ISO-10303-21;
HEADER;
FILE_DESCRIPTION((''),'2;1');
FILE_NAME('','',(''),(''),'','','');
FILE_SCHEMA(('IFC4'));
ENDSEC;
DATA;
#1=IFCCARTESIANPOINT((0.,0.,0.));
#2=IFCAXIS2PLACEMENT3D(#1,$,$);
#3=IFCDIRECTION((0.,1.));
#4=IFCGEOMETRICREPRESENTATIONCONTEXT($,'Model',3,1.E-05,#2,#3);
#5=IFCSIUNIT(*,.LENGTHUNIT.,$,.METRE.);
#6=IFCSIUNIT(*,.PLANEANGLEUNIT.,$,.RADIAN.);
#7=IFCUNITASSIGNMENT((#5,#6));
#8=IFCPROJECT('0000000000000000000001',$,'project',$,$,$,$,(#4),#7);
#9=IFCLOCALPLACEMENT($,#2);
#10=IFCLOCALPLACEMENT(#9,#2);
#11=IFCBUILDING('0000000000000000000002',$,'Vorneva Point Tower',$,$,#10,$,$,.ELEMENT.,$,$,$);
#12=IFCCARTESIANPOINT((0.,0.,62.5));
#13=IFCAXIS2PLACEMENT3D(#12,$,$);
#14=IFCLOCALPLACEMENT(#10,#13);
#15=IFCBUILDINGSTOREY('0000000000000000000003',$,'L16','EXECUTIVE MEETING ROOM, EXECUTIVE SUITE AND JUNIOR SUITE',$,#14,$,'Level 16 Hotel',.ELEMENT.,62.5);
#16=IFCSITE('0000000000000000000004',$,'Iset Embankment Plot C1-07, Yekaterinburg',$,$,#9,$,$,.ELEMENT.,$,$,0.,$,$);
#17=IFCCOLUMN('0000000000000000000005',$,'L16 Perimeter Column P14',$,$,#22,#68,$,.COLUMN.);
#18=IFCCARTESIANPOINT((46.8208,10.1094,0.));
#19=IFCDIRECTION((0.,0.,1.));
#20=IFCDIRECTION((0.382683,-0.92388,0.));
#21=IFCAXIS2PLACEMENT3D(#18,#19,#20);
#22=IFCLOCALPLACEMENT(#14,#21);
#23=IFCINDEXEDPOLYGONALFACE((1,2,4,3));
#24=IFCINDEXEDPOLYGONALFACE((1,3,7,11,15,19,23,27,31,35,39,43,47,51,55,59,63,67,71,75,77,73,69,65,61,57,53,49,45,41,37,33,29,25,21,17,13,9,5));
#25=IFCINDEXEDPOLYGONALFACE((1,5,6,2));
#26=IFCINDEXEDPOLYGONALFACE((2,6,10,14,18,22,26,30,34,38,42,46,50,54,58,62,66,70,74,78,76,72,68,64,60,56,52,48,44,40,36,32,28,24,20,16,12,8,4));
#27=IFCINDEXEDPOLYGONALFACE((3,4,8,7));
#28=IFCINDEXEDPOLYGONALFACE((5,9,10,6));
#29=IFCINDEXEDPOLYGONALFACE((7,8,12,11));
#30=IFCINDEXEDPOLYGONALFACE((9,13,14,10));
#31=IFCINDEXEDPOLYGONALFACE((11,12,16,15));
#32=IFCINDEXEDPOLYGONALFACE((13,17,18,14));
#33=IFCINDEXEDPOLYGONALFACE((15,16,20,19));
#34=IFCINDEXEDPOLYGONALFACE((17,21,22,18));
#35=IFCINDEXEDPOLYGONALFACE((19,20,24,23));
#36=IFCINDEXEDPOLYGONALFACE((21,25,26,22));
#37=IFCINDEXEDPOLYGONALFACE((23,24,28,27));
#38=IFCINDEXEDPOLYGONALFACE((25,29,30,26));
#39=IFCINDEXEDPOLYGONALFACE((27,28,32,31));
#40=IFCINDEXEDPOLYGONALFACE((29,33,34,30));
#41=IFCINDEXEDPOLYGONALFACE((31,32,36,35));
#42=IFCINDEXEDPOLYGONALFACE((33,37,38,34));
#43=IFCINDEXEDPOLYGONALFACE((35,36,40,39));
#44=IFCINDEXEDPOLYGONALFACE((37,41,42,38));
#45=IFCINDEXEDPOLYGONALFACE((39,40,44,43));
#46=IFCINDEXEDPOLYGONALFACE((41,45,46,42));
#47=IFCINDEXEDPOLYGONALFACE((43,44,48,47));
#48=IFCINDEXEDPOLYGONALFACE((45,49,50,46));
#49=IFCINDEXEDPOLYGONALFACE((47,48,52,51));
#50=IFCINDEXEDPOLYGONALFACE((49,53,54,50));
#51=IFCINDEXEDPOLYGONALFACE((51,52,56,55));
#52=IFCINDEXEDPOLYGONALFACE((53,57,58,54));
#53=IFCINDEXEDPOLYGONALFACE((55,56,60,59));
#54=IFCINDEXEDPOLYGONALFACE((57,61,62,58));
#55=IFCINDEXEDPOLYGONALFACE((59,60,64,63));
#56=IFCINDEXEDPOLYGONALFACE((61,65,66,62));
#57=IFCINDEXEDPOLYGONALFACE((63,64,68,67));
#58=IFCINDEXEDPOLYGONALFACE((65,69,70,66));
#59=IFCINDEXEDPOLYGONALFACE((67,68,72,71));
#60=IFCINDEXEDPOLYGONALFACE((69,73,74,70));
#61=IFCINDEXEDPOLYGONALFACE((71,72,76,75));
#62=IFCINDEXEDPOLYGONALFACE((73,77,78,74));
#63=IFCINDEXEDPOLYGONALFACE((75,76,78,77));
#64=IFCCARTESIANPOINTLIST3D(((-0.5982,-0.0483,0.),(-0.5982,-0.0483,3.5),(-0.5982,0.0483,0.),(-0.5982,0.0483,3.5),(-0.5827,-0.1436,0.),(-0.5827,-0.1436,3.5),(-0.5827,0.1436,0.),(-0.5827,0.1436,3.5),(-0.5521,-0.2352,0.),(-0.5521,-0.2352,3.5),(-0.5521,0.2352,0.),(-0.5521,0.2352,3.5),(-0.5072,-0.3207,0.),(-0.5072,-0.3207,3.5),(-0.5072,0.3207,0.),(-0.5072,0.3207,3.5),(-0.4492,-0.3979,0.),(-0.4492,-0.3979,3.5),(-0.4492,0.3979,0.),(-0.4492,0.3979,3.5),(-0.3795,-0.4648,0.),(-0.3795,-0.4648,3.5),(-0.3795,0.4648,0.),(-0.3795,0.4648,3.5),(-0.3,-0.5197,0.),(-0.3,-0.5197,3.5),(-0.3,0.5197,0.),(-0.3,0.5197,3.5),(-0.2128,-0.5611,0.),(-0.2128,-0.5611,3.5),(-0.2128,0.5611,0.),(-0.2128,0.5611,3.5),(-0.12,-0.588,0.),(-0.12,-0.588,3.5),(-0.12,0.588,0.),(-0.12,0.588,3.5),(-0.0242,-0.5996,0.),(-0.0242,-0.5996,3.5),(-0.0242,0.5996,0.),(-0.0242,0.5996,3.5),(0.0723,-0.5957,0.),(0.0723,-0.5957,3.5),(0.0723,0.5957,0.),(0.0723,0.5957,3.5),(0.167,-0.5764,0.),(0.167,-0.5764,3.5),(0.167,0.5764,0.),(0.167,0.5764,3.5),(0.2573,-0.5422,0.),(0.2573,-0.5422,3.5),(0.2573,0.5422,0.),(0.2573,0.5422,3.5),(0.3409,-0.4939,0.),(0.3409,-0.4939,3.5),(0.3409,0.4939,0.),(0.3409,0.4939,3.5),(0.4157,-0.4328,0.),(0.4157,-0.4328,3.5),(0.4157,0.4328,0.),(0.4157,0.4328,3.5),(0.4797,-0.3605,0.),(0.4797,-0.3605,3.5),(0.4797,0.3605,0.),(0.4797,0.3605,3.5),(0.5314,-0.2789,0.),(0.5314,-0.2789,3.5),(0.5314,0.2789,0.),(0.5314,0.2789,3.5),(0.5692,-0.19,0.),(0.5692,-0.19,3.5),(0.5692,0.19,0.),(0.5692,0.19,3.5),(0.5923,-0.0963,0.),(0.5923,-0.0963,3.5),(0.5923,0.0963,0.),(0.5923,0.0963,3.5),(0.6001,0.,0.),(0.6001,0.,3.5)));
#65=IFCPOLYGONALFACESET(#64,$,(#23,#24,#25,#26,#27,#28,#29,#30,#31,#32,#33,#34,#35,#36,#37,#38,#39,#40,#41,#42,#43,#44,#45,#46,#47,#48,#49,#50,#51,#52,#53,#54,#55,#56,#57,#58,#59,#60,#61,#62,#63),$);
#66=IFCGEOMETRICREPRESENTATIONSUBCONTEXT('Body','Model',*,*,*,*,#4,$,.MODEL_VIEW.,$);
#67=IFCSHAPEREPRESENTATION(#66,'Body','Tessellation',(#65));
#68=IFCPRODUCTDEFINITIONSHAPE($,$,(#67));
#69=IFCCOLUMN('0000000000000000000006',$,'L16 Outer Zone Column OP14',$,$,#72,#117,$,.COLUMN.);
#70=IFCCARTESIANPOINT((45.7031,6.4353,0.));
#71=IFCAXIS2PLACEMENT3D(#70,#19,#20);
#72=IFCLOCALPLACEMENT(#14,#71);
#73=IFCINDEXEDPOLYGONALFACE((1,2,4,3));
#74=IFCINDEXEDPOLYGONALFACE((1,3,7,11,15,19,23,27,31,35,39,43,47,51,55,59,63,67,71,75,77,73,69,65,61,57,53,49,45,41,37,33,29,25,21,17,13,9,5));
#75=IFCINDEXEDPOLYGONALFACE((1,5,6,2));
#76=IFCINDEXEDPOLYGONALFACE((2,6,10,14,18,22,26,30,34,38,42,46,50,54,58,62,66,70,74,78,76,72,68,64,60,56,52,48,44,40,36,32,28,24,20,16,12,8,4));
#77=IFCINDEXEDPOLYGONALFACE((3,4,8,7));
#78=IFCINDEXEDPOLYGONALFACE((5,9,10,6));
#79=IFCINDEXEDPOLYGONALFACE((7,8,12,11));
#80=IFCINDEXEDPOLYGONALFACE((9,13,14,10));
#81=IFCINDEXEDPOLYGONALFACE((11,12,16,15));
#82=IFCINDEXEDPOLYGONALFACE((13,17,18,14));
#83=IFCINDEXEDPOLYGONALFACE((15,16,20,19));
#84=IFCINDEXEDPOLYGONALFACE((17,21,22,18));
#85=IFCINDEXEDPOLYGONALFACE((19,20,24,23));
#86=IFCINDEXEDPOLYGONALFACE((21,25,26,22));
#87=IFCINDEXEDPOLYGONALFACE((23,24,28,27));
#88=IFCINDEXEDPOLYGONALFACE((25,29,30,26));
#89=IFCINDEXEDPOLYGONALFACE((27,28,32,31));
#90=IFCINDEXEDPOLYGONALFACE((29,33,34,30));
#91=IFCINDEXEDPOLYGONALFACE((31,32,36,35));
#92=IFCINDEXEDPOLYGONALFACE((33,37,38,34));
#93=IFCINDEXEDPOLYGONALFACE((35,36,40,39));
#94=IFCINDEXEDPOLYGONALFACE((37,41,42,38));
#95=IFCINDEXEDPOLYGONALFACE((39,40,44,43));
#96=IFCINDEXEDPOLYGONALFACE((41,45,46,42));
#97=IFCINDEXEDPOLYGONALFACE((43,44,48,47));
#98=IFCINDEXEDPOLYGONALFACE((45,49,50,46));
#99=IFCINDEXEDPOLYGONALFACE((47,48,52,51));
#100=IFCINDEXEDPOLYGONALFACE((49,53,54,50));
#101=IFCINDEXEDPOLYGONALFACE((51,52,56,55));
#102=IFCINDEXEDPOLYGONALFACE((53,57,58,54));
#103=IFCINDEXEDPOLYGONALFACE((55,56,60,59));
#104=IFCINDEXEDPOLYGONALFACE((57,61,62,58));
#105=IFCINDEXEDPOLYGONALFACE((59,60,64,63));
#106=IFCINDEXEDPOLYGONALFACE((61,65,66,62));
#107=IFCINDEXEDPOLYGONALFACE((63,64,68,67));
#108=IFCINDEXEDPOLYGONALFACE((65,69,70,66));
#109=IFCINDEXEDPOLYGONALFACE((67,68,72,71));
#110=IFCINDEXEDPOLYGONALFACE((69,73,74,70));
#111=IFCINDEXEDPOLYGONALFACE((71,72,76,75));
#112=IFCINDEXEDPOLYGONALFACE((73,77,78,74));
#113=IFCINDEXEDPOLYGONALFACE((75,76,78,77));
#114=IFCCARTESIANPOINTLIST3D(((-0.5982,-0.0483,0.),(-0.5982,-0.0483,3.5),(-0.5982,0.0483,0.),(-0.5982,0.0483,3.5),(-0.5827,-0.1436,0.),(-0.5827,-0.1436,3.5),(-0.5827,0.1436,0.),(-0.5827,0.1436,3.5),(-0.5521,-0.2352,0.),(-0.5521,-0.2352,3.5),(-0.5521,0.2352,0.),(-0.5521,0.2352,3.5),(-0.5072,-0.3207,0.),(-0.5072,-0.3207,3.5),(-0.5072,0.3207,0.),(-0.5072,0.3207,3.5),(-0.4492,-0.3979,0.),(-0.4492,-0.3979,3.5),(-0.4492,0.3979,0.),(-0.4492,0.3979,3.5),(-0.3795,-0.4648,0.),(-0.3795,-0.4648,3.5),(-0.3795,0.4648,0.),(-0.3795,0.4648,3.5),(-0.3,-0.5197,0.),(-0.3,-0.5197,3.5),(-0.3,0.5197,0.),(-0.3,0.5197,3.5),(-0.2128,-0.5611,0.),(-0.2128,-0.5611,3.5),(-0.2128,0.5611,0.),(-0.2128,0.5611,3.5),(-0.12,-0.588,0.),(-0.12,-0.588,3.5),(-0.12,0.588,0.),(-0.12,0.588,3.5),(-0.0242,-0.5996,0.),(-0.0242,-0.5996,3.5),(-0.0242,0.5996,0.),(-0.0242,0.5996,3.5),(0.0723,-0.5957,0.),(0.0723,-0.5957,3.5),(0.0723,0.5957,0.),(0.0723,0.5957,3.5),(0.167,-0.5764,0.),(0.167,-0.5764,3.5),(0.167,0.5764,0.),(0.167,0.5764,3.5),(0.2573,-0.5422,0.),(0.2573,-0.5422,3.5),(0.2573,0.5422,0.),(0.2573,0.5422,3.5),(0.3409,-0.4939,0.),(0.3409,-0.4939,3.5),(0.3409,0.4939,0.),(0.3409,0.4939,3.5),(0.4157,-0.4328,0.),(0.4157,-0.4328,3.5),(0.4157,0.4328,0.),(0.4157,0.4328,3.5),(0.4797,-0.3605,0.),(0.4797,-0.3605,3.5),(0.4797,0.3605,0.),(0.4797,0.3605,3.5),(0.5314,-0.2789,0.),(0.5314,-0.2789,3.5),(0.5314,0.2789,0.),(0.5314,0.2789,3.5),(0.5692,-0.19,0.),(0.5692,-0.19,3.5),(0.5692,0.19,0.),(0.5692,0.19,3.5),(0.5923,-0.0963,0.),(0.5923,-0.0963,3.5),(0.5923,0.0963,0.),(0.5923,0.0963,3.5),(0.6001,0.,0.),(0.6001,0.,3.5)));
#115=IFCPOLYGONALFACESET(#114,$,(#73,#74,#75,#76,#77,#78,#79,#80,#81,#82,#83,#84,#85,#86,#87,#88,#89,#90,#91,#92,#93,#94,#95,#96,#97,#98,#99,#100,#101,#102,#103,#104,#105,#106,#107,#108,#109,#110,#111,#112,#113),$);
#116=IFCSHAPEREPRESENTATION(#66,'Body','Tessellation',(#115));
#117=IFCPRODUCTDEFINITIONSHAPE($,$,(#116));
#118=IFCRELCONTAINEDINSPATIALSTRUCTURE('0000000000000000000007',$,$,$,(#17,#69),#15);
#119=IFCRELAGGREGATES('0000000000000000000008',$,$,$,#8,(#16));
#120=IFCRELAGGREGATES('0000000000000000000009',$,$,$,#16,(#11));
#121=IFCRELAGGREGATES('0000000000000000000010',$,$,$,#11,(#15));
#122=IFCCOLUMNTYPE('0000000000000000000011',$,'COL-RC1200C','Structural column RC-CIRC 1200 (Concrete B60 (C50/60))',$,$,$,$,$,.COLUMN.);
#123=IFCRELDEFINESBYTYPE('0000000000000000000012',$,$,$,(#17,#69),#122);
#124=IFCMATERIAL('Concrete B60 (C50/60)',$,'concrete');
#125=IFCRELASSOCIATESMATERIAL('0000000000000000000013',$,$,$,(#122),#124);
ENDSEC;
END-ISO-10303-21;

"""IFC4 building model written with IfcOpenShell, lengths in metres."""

from ifc_helpers import new_model, si_unit, direction, frame, origin, origin_2d, place, context, subcontext, project, spatial, circle, extrude, material, material_profile, profile_set, type_object, element, save


model = new_model("IFC4")

# Units and contexts
model_context = context("Model", 3, precision=1e-05, world=origin(), true_north=direction((0.0, 1.0)))
body_context = subcontext(model_context, "Body", "Model", "MODEL_VIEW")
ifc_project = project(units=[si_unit("LENGTHUNIT", "METRE"), si_unit("PLANEANGLEUNIT", "RADIAN")], contexts=[model_context])

# Site, building, storey
site_placement = place(None, origin())
site = spatial("IfcSite", under=ifc_project, at=site_placement, Name="Iset Embankment Plot C1-07, Yekaterinburg", CompositionType="ELEMENT", RefElevation=0.0)
building_placement = place(site_placement, origin())
building = spatial("IfcBuilding", under=site, at=building_placement, Name="Vorneva Point Tower", CompositionType="ELEMENT")
storey_placement = place(building_placement, frame((0.0, 0.0, 62.5)))
storey = spatial("IfcBuildingStorey", under=building, at=storey_placement, Name="L16", Description="EXECUTIVE MEETING ROOM, EXECUTIVE SUITE AND JUNIOR SUITE", LongName="Level 16 Hotel", CompositionType="ELEMENT", Elevation=62.5)

# Columns
ifc_material_1 = material(Name="Concrete B60 (C50/60)", Category="concrete")
ifc_material_profile_1 = material_profile(ifc_material_1, circle(Radius=0.6001, at=origin_2d()), Name="RC-CIRC 1200")
ifc_profile_set_1 = profile_set([ifc_material_profile_1], Name="Concrete B60 (C50/60)")
column_type = type_object("IfcColumnType", Name="COL-RC1200C", Description="Structural column RC-CIRC 1200 (Concrete B60 (C50/60))", PredefinedType="COLUMN", material=ifc_profile_set_1)
for number, where, z_axis, x_axis, name in (
    (1, (46.8208, 10.1094, 0.0), (0.0, 0.0, 1.0), (0.382683, -0.92388, 0.0), "L16 Perimeter Column P14"),
    (2, (45.7031, 6.4353, 0.0), (0.0, 0.0, 1.0), (0.382683, -0.92388, 0.0), "L16 Outer Zone Column OP14"),
):
    element("IfcColumn", number, at=place(storey_placement, frame(where, z_axis=z_axis, x_axis=x_axis)), inside=storey, type_object=column_type, Name=name, PredefinedType="COLUMN", context=body_context, shape_type="SweptSolid", body=[
        extrude(circle(Radius=0.6001, at=origin_2d()), origin(), (0.0, 0.0, 1.0), 3.5),
    ])

save(model, "model.ifc")
